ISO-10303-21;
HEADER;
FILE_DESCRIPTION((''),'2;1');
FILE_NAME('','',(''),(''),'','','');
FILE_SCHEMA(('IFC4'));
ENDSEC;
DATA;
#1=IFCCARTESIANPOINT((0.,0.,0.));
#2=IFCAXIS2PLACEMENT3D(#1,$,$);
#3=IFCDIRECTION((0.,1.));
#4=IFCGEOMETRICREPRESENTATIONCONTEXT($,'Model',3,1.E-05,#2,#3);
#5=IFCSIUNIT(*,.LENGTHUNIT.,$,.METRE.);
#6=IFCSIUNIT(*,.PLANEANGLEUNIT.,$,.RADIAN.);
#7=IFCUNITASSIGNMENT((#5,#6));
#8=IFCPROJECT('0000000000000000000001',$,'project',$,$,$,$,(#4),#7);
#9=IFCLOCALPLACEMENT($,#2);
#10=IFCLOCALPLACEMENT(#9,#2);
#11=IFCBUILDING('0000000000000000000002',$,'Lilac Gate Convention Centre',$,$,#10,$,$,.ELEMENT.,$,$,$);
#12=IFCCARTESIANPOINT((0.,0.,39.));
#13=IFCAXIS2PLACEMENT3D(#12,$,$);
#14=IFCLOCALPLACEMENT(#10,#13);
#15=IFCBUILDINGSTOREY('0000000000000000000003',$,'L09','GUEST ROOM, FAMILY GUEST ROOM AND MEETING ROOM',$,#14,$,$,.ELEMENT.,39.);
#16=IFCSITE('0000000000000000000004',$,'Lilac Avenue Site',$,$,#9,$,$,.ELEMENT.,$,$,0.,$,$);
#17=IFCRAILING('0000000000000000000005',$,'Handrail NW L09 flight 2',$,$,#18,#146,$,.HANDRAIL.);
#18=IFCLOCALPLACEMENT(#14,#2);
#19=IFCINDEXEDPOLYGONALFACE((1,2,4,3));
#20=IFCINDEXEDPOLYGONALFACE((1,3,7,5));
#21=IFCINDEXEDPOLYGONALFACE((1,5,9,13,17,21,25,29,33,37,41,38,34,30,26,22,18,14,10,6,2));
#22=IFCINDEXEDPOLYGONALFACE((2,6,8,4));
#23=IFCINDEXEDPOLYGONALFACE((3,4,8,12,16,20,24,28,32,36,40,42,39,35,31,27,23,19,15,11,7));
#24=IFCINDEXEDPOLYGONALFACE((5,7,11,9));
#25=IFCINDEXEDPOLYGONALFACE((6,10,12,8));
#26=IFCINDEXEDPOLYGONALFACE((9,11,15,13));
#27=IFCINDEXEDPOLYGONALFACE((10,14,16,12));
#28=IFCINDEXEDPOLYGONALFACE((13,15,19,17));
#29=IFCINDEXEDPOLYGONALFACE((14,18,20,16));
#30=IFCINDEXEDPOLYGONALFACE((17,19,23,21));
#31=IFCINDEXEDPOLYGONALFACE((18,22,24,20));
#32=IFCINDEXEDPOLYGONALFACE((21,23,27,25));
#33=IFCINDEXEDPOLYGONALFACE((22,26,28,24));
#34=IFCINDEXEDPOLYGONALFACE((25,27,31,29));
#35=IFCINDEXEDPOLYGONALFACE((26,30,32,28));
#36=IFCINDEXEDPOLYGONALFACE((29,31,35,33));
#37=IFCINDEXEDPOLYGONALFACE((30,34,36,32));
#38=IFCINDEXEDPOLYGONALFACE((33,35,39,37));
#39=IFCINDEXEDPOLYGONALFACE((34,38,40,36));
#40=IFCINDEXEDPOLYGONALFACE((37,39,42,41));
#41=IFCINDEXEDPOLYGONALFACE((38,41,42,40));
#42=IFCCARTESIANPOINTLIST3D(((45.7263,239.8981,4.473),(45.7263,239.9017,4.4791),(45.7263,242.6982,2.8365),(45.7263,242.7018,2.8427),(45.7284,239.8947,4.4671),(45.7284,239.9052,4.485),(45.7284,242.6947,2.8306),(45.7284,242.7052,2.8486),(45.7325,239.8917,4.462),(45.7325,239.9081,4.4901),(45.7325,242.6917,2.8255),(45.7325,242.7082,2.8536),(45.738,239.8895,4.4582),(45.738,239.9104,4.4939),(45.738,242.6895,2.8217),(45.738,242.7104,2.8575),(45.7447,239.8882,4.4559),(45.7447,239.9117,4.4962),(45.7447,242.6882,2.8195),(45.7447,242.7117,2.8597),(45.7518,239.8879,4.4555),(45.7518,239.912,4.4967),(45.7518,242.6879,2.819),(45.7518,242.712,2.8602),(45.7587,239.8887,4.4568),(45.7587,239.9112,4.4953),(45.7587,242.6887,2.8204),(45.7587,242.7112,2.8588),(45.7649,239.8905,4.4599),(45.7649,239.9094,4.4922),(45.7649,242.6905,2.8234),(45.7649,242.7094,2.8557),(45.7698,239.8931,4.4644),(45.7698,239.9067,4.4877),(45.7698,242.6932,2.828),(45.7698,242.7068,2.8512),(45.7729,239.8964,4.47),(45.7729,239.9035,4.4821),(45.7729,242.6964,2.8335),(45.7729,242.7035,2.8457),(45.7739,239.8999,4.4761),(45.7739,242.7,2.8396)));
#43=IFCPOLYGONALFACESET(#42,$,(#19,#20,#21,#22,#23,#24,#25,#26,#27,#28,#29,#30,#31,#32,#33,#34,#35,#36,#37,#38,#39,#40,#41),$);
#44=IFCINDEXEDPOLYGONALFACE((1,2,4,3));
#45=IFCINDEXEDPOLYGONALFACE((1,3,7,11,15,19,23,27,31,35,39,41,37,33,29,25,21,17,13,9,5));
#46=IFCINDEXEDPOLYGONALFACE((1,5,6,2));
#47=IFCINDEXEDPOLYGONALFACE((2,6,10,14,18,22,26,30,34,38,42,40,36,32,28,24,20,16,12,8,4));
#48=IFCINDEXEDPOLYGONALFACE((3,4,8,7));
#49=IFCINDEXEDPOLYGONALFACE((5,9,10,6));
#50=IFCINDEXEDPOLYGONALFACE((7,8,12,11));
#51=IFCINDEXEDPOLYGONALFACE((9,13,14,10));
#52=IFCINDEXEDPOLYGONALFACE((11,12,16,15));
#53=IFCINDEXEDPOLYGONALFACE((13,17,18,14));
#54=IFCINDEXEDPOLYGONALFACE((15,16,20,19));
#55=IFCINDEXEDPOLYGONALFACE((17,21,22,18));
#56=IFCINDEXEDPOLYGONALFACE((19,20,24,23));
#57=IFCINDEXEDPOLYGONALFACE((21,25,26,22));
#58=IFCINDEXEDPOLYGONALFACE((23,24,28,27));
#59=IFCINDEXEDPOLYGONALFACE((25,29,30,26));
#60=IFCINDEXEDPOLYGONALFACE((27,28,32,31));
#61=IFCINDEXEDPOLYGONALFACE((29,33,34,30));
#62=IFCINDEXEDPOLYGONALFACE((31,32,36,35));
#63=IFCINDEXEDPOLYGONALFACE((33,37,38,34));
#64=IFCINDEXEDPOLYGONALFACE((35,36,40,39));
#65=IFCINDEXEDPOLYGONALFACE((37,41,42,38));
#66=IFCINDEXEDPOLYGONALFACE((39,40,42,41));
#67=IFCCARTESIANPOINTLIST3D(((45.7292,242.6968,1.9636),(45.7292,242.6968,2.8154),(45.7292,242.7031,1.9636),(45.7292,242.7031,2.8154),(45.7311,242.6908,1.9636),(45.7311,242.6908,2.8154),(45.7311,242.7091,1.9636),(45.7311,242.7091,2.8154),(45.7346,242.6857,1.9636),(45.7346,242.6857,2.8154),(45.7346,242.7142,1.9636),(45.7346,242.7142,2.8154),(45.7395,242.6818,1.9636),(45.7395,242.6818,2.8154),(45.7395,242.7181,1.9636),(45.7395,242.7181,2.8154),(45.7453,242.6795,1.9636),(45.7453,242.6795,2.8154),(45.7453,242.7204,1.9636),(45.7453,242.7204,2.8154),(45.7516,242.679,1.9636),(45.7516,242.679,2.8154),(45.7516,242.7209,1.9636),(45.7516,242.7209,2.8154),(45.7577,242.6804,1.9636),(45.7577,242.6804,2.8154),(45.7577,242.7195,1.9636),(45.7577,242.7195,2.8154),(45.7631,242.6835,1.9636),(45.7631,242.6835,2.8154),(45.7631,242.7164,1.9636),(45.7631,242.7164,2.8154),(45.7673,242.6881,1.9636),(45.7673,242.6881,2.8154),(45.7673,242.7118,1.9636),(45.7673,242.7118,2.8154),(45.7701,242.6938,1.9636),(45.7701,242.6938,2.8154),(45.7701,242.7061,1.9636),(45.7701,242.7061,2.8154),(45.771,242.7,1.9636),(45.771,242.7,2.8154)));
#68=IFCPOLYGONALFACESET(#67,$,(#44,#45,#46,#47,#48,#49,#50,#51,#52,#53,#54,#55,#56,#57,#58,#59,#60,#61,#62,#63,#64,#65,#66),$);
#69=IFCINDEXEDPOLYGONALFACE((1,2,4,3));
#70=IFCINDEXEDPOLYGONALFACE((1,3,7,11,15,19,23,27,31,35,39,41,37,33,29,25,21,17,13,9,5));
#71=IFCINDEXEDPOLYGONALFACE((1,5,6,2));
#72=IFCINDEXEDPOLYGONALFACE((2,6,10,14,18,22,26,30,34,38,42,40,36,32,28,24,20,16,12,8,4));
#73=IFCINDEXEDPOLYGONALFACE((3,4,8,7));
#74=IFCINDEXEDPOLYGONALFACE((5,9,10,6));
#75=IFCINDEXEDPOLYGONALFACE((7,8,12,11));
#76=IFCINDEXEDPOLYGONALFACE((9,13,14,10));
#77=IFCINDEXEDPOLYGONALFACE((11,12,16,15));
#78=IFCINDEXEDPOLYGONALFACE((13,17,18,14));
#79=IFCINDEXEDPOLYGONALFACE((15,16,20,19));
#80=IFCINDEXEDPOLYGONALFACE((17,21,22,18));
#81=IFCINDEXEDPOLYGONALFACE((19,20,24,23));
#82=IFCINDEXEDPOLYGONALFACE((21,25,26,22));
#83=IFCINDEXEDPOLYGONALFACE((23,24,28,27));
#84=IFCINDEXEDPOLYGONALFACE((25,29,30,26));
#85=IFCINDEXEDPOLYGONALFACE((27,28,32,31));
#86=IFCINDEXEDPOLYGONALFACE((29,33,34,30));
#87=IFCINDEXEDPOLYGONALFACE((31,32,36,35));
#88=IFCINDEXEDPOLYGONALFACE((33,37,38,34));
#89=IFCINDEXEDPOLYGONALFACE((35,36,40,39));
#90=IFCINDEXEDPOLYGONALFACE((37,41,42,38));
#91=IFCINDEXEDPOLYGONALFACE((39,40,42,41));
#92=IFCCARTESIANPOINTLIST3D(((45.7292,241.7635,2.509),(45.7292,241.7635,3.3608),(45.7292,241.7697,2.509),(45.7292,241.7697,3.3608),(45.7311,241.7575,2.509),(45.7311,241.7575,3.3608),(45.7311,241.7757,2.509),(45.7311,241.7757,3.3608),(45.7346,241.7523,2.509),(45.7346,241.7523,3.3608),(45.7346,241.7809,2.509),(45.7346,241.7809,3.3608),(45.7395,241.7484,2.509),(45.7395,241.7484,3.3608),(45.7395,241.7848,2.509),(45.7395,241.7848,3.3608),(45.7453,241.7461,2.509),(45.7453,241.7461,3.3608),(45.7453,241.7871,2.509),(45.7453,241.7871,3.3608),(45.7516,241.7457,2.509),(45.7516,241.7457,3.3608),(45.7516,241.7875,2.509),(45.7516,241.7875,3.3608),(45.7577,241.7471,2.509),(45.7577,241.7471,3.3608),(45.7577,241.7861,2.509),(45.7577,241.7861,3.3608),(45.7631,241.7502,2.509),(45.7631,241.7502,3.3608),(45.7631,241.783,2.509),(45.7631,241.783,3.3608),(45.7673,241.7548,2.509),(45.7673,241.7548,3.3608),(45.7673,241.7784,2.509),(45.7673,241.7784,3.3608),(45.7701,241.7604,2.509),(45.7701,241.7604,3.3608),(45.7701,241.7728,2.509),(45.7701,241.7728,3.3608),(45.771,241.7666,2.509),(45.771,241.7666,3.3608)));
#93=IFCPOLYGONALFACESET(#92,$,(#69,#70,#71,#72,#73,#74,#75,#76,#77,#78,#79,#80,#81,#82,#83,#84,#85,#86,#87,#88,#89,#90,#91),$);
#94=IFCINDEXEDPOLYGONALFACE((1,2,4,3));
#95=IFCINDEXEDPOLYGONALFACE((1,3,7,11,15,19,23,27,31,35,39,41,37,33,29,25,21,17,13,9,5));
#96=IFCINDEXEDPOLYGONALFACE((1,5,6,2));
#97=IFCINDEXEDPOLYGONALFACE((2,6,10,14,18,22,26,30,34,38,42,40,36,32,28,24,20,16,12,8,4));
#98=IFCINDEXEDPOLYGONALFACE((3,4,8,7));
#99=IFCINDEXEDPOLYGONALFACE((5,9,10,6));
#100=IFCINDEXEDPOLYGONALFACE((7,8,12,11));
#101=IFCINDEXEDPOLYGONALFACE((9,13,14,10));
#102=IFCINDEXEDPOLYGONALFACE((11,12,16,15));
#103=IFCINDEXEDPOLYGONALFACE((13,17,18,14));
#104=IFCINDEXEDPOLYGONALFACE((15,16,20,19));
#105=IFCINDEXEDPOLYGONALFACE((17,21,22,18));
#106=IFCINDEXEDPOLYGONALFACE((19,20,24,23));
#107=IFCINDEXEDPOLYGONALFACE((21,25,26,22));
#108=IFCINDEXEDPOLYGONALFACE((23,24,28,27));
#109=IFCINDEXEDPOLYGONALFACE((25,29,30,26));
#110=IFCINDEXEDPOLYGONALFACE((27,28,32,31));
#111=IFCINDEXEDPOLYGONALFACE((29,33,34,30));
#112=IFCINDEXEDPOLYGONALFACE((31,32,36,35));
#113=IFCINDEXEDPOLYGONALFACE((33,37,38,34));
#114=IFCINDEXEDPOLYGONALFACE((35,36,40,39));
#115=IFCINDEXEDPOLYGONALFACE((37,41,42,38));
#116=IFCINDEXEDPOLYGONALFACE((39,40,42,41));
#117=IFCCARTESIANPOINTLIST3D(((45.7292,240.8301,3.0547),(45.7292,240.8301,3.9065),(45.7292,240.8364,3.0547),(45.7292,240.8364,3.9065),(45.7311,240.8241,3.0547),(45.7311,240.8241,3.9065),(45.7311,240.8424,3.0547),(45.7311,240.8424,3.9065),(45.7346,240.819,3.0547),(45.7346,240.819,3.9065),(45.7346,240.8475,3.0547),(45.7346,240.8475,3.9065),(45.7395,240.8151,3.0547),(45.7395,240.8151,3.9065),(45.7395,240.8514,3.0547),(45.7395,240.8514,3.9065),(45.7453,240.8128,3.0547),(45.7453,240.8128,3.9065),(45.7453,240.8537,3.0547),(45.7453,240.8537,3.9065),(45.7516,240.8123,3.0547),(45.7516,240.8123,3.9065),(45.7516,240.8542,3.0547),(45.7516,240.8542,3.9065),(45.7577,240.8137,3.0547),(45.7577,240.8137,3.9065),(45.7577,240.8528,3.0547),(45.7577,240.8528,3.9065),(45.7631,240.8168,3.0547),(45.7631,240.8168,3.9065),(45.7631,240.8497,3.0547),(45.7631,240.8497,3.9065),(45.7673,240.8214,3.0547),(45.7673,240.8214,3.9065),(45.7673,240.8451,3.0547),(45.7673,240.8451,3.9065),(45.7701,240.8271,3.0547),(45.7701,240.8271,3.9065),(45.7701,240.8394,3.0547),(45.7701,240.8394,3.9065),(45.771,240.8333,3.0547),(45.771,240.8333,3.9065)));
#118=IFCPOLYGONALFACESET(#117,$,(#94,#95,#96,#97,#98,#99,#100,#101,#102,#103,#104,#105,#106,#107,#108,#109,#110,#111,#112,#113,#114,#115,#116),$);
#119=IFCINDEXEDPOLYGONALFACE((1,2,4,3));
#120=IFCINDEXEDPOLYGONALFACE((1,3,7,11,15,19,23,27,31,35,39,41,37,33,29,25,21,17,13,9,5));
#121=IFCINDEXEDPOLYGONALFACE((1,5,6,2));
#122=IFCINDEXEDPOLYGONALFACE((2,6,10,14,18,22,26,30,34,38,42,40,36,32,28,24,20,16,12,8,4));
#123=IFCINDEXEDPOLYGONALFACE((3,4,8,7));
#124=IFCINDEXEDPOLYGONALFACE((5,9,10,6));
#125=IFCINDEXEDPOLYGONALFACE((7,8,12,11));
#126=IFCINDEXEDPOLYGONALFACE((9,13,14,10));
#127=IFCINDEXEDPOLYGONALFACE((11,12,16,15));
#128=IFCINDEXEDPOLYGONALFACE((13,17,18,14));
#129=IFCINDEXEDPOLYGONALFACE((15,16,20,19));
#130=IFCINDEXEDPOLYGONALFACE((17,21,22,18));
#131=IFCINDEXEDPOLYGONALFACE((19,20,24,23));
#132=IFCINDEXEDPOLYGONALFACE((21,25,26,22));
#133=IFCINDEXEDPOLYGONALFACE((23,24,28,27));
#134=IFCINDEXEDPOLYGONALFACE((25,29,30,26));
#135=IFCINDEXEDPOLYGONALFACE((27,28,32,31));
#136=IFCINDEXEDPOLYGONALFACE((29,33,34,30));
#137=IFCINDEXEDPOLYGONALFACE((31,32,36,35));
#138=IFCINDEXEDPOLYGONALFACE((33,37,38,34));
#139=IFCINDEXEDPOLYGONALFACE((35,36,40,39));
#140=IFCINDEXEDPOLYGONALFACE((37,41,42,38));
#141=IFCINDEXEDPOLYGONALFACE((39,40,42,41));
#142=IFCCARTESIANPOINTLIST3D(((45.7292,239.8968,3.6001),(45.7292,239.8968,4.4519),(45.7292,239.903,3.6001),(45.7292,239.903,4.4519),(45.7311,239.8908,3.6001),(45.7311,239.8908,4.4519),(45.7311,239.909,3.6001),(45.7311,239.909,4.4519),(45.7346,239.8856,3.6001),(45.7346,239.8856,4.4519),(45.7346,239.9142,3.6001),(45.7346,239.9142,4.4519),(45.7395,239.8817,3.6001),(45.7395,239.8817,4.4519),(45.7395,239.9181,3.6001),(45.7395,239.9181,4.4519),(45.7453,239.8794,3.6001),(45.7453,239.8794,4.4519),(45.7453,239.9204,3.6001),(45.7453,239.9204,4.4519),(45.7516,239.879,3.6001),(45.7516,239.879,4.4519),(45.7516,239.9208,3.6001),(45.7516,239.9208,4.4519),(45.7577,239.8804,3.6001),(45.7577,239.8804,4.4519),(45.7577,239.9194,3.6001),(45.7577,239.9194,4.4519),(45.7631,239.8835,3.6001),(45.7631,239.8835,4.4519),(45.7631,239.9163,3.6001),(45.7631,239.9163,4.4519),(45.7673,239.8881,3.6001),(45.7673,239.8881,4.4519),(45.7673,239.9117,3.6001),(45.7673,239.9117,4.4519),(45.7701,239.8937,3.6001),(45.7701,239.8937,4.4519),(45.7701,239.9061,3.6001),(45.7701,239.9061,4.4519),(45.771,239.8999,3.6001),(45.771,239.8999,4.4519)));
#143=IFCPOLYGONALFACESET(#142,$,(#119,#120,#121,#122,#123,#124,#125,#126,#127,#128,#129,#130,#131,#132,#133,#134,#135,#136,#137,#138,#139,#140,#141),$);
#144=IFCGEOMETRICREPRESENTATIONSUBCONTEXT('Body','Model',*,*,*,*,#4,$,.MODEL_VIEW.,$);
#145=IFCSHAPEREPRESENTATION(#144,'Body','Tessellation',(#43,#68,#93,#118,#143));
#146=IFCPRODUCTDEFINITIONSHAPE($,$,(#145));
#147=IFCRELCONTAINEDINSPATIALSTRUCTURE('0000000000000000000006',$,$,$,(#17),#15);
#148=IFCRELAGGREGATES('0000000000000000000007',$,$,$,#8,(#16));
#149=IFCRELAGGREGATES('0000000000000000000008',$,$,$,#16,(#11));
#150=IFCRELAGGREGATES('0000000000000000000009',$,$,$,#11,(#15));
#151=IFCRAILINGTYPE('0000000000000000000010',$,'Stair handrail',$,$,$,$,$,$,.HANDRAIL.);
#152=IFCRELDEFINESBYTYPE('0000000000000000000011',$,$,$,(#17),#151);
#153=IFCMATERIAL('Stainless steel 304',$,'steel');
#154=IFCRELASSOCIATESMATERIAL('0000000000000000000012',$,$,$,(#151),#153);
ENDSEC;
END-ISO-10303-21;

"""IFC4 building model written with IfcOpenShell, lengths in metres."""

from ifc_helpers import new_model, si_unit, direction, frame, origin, origin_2d, place, context, subcontext, project, spatial, circle, extrude, material, type_object, element, save


model = new_model("IFC4")

# Units and contexts
model_context = context("Model", 3, precision=1e-05, world=origin(), true_north=direction((0.0, 1.0)))
body_context = subcontext(model_context, "Body", "Model", "MODEL_VIEW")
ifc_project = project(units=[si_unit("LENGTHUNIT", "METRE"), si_unit("PLANEANGLEUNIT", "RADIAN")], contexts=[model_context])

# Site, building, storey
site_placement = place(None, origin())
site = spatial("IfcSite", under=ifc_project, at=site_placement, Name="Lilac Avenue Site", CompositionType="ELEMENT", RefElevation=0.0)
building_placement = place(site_placement, origin())
building = spatial("IfcBuilding", under=site, at=building_placement, Name="Lilac Gate Convention Centre", CompositionType="ELEMENT")
storey_placement = place(building_placement, frame((0.0, 0.0, 39.0)))
storey = spatial("IfcBuildingStorey", under=building, at=storey_placement, Name="L09", Description="GUEST ROOM, FAMILY GUEST ROOM AND MEETING ROOM", CompositionType="ELEMENT", Elevation=39.0)

# Railing
ifc_material_1 = material(Name="Stainless steel 304", Category="steel")
railing_type = type_object("IfcRailingType", Name="Stair handrail", PredefinedType="HANDRAIL", material=ifc_material_1)
for number, where, name in (
    (1, (45.75, 242.7, 1.9636), "Handrail NW L09 flight 2"),
):
    element("IfcRailing", number, at=place(storey_placement, frame(where)), inside=storey, type_object=railing_type, Name=name, PredefinedType="HANDRAIL", context=body_context, shape_type="SweptSolid", body=[
        extrude(circle(Radius=0.0239, at=origin_2d()), frame((0.0, 0.0, 0.876), z_axis=(0.0, -0.863361, 0.504587), x_axis=(1.0, 0.0, 0.0)), (0.0, 0.0, 1.0), 3.2432),
        extrude(circle(Radius=0.021, at=origin_2d()), origin(), (0.0, 0.0, 1.0), 0.8518),
        extrude(circle(Radius=0.021, at=origin_2d()), frame((0.0, -0.9333, 0.5454)), (0.0, 0.0, 1.0), 0.8518),
        extrude(circle(Radius=0.021, at=origin_2d()), frame((0.0, -1.8667, 1.0911)), (0.0, 0.0, 1.0), 0.8518),
        extrude(circle(Radius=0.021, at=origin_2d()), frame((0.0, -2.8, 1.6365)), (0.0, 0.0, 1.0), 0.8518),
    ])

save(model, "model.ifc")
